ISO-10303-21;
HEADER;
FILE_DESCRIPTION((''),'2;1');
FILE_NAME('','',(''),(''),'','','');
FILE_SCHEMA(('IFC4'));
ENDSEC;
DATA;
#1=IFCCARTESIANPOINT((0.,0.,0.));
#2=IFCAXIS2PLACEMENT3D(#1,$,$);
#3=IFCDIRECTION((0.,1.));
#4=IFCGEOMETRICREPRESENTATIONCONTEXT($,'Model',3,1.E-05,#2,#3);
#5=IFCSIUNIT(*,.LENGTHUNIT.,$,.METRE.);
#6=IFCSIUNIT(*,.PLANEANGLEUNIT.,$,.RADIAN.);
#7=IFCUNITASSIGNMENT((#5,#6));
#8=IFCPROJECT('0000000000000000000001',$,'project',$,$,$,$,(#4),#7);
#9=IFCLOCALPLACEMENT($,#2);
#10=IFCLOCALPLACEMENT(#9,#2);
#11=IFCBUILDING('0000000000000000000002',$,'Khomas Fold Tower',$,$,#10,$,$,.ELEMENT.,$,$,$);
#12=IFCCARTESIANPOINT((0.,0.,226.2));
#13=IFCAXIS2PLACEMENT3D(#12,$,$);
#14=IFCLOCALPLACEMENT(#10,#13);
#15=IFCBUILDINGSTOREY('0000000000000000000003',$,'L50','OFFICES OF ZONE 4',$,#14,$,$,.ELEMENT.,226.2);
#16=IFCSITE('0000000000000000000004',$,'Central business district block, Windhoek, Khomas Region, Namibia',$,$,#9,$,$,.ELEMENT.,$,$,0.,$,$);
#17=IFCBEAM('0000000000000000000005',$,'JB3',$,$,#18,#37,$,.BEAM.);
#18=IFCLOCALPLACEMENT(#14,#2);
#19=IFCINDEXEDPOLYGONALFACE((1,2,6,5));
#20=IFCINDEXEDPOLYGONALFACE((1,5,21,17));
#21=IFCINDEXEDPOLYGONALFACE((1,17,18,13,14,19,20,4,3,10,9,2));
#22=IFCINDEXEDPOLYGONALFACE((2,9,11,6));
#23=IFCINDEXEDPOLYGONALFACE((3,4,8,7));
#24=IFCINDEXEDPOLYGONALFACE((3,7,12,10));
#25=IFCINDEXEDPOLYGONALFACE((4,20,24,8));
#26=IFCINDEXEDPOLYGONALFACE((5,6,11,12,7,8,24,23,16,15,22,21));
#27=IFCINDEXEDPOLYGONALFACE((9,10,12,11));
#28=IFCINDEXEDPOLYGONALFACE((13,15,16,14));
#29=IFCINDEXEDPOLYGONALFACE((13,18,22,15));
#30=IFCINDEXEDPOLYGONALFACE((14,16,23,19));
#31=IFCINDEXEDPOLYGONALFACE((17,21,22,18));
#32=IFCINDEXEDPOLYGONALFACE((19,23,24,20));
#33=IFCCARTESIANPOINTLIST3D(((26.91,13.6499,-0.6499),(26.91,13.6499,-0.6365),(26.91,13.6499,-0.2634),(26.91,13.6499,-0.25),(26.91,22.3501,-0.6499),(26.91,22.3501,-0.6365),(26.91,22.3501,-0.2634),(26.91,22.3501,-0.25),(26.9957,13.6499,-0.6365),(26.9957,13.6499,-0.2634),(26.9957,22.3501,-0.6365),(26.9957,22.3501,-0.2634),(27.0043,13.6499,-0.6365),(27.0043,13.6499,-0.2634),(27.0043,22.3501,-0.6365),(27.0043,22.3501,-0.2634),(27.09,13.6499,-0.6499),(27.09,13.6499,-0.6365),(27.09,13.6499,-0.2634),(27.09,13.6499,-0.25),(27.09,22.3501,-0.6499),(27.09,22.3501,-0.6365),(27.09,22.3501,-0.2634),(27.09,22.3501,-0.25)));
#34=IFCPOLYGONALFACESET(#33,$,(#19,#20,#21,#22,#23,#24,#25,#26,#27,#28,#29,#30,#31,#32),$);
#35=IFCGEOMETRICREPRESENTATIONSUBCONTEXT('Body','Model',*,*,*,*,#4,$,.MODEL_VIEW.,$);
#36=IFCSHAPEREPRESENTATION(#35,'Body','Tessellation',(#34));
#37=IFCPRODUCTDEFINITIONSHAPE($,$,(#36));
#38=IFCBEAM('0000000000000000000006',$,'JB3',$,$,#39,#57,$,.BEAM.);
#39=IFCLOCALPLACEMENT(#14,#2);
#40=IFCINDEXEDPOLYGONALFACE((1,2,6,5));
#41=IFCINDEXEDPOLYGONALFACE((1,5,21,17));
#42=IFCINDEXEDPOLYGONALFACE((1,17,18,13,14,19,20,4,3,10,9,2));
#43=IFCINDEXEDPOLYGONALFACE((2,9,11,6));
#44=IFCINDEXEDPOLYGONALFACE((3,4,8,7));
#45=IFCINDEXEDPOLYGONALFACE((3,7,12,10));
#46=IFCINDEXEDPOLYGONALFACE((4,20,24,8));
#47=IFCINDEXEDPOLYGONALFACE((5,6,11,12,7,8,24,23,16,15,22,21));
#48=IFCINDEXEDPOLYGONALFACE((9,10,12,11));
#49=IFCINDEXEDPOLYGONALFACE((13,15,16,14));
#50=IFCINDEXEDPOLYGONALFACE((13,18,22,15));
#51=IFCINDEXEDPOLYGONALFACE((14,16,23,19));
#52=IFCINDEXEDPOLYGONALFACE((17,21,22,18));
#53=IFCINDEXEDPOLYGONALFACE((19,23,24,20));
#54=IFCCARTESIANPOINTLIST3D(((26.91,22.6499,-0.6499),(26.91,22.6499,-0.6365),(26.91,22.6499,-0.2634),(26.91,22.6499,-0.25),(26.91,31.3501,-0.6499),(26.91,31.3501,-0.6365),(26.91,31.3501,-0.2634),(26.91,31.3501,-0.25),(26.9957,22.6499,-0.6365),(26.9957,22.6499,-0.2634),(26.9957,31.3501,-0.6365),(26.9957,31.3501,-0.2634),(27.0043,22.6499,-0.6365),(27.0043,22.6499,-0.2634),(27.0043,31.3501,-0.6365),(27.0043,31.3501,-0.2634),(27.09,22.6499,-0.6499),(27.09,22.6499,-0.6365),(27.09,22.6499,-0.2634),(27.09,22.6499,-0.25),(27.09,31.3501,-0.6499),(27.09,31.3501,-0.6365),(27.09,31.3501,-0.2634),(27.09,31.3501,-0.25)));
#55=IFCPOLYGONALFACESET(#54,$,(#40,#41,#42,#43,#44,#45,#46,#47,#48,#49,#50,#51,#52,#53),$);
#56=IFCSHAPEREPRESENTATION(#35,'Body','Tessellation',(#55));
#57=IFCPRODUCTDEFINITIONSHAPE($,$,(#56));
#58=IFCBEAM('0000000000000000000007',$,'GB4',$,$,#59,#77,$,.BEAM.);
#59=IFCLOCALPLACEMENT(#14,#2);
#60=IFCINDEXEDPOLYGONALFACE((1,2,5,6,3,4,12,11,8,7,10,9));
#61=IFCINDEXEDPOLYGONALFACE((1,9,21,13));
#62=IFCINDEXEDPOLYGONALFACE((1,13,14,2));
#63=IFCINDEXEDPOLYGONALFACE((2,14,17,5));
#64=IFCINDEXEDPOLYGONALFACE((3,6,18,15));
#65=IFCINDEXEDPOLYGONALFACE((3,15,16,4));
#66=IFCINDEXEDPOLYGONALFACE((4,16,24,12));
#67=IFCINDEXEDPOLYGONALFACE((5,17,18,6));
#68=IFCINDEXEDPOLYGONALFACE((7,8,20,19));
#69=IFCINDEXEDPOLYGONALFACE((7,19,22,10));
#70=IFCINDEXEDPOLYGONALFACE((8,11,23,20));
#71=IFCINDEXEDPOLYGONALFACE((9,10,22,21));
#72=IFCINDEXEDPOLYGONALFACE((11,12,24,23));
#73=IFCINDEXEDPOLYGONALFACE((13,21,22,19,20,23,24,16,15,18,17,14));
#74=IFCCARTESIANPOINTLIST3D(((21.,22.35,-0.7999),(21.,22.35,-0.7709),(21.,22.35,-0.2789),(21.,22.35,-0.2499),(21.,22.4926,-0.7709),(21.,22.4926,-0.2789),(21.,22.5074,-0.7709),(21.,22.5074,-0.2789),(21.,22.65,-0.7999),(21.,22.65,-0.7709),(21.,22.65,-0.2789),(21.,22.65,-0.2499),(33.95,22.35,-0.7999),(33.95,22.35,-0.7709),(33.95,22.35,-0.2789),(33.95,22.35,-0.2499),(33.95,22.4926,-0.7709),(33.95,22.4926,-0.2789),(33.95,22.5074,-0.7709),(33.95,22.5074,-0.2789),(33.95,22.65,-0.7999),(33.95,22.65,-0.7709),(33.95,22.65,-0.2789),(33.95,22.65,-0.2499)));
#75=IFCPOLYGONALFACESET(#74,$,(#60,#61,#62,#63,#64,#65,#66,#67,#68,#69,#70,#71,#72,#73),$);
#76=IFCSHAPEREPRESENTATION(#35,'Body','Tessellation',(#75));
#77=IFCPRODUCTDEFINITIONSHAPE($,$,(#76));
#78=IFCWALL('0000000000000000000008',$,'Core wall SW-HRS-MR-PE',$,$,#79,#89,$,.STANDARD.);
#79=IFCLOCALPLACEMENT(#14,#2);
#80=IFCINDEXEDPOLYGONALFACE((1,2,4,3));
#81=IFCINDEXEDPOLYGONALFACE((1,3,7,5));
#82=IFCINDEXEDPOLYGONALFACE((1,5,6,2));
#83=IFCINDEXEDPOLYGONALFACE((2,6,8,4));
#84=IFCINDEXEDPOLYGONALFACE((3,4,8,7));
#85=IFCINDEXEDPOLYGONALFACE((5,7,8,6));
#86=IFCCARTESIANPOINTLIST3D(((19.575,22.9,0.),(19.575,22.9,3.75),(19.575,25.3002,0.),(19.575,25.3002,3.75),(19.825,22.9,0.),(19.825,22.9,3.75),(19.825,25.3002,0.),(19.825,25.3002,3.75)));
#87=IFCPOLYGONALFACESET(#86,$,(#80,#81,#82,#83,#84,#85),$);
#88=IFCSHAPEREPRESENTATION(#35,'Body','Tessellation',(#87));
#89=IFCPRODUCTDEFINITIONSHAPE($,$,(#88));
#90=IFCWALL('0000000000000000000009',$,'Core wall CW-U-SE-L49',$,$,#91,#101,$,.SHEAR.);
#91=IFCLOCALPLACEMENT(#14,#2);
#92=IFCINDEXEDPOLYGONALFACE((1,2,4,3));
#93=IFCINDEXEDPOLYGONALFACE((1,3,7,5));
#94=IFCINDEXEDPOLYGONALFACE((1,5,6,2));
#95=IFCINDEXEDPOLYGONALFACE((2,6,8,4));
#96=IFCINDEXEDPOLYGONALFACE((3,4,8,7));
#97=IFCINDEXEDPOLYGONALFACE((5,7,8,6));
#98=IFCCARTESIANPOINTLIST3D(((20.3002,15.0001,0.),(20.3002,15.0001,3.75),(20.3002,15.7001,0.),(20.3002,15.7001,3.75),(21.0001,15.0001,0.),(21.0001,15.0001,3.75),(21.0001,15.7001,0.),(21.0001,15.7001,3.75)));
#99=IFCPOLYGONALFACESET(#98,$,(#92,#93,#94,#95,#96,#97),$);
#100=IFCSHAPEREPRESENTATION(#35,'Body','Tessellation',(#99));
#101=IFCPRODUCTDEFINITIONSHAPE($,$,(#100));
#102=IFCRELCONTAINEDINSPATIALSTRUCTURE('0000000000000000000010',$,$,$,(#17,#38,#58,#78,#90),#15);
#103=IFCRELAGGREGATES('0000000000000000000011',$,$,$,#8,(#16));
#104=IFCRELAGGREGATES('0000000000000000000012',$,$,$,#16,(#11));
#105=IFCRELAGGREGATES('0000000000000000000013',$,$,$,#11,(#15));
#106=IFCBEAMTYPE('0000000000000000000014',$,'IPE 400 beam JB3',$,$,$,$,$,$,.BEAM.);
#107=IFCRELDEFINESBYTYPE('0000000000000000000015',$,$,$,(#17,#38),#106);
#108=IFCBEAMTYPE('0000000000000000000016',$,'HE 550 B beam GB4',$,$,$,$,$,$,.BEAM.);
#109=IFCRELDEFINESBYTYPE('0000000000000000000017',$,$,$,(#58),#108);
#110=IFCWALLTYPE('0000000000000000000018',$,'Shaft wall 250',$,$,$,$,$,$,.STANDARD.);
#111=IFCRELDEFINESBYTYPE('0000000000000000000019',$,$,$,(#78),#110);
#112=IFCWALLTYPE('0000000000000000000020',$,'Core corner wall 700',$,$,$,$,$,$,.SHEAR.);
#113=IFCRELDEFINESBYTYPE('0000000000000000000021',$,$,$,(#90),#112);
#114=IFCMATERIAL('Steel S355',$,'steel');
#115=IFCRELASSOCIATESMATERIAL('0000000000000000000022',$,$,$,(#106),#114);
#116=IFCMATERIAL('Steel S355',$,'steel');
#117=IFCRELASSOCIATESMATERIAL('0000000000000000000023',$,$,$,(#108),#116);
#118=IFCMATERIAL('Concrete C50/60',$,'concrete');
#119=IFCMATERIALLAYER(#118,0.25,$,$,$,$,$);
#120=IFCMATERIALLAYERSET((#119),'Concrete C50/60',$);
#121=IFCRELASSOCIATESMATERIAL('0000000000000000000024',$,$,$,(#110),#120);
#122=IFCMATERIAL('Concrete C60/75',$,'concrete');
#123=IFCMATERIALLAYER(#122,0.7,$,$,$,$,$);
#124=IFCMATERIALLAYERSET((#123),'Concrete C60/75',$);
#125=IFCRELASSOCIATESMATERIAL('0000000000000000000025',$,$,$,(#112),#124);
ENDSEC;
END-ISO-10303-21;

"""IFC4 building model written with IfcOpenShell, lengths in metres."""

from ifc_helpers import new_model, si_unit, direction, frame, frame_2d, origin, origin_2d, place, context, subcontext, project, spatial, rectangle, i_section, extrude, source, transform, mapped, material, layer, layer_set, material_profile, profile_set, type_object, element, save


model = new_model("IFC4")

# Units and contexts
model_context = context("Model", 3, precision=1e-05, world=origin(), true_north=direction((0.0, 1.0)))
body_context = subcontext(model_context, "Body", "Model", "MODEL_VIEW")
ifc_project = project(units=[si_unit("LENGTHUNIT", "METRE"), si_unit("PLANEANGLEUNIT", "RADIAN")], contexts=[model_context])

# Site, building, storey
site_placement = place(None, origin())
site = spatial("IfcSite", under=ifc_project, at=site_placement, Name="Central business district block, Windhoek, Khomas Region, Namibia", CompositionType="ELEMENT", RefElevation=0.0)
building_placement = place(site_placement, origin())
building = spatial("IfcBuilding", under=site, at=building_placement, Name="Khomas Fold Tower", CompositionType="ELEMENT")
storey_placement = place(building_placement, frame((0.0, 0.0, 226.2)))
storey = spatial("IfcBuildingStorey", under=building, at=storey_placement, Name="L50", Description="OFFICES OF ZONE 4", CompositionType="ELEMENT", Elevation=226.2)

# Beams
ifc_material_1 = material(Name="Steel S355", Category="steel")
ifc_material_profile_1 = material_profile(ifc_material_1, i_section(OverallWidth=0.1799, OverallDepth=0.3999, WebThickness=0.0085, FlangeThickness=0.0134, at=origin_2d()), Name="IPE 400")
ifc_profile_set_1 = profile_set([ifc_material_profile_1], Name="Steel S355")
beam_type_1 = type_object("IfcBeamType", Name="IPE 400 beam JB3", PredefinedType="BEAM", material=ifc_profile_set_1)
shared_shape_1 = source(origin(), body_context, "Body", "SweptSolid", [
    extrude(i_section(OverallWidth=0.1799, OverallDepth=0.3999, WebThickness=0.0085, FlangeThickness=0.0134, at=origin_2d()), origin(), (0.0, 0.0, 1.0), 8.7002),
])
for number, where, z_axis, x_axis, name in (
    (1, (27.0, 13.6499, -0.45), (0.0, 1.0, 0.0), (-1.0, 0.0, 0.0), "JB3"),
    (2, (27.0, 22.6499, -0.45), (0.0, 1.0, 0.0), (-1.0, 0.0, 0.0), "JB3"),
):
    element("IfcBeam", number, at=place(storey_placement, frame(where, z_axis=z_axis, x_axis=x_axis)), inside=storey, type_object=beam_type_1, Name=name, PredefinedType="BEAM", context=body_context, shape_type="MappedRepresentation", body=[
        mapped(shared_shape_1, transform((0.0, 0.0, 0.0))),
    ])
ifc_material_2 = material(Name="Steel S355", Category="steel")
ifc_material_profile_2 = material_profile(ifc_material_2, i_section(OverallWidth=0.3, OverallDepth=0.55, WebThickness=0.0149, FlangeThickness=0.0291, at=origin_2d()), Name="HE 550 B")
ifc_profile_set_2 = profile_set([ifc_material_profile_2], Name="Steel S355")
beam_type_2 = type_object("IfcBeamType", Name="HE 550 B beam GB4", PredefinedType="BEAM", material=ifc_profile_set_2)
shared_shape_2 = source(origin(), body_context, "Body", "SweptSolid", [
    extrude(i_section(OverallWidth=0.3, OverallDepth=0.55, WebThickness=0.0149, FlangeThickness=0.0291, at=origin_2d()), origin(), (0.0, 0.0, 1.0), 12.95),
])
beam_placement = place(storey_placement, frame((21.0, 22.5, -0.5249), z_axis=(1.0, 0.0, 0.0), x_axis=(0.0, 1.0, 0.0)))
element("IfcBeam", 3, at=beam_placement, inside=storey, type_object=beam_type_2, Name="GB4", PredefinedType="BEAM", context=body_context, shape_type="MappedRepresentation", body=[
    mapped(shared_shape_2, transform((0.0, 0.0, 0.0))),
])

# Walls
ifc_material_3 = material(Name="Concrete C50/60", Category="concrete")
ifc_layer_1 = layer(ifc_material_3, 0.25)
ifc_layer_set_1 = layer_set([ifc_layer_1], Name="Concrete C50/60")
wall_type_1 = type_object("IfcWallType", Name="Shaft wall 250", PredefinedType="STANDARD", material=ifc_layer_set_1)
shared_shape_3 = source(origin(), body_context, "Body", "SweptSolid", [
    extrude(rectangle(XDim=2.4001, YDim=0.25, at=frame_2d((1.2002, 0.0))), origin(), (0.0, 0.0, 1.0), 3.75),
])
wall_1_placement = place(storey_placement, frame((19.7, 22.8999, 0.0), z_axis=(0.0, 0.0, 1.0), x_axis=(0.0, 1.0, 0.0)))
element("IfcWall", 4, at=wall_1_placement, inside=storey, type_object=wall_type_1, Name="Core wall SW-HRS-MR-PE", PredefinedType="STANDARD", context=body_context, shape_type="MappedRepresentation", body=[
    mapped(shared_shape_3, transform((0.0, 0.0, 0.0))),
])
ifc_material_4 = material(Name="Concrete C60/75", Category="concrete")
ifc_layer_2 = layer(ifc_material_4, 0.7)
ifc_layer_set_2 = layer_set([ifc_layer_2], Name="Concrete C60/75")
wall_type_2 = type_object("IfcWallType", Name="Core corner wall 700", PredefinedType="SHEAR", material=ifc_layer_set_2)
shared_shape_4 = source(origin(), body_context, "Body", "SweptSolid", [
    extrude(rectangle(XDim=0.7, YDim=0.7, at=frame_2d((0.3501, 0.0))), origin(), (0.0, 0.0, 1.0), 3.75),
])
wall_2_placement = place(storey_placement, frame((20.3, 15.3501, 0.0), z_axis=(0.0, 0.0, 1.0), x_axis=(1.0, 0.0, 0.0)))
element("IfcWall", 5, at=wall_2_placement, inside=storey, type_object=wall_type_2, Name="Core wall CW-U-SE-L49", PredefinedType="SHEAR", context=body_context, shape_type="MappedRepresentation", body=[
    mapped(shared_shape_4, transform((0.0, 0.0, 0.0))),
])

save(model, "model.ifc")
